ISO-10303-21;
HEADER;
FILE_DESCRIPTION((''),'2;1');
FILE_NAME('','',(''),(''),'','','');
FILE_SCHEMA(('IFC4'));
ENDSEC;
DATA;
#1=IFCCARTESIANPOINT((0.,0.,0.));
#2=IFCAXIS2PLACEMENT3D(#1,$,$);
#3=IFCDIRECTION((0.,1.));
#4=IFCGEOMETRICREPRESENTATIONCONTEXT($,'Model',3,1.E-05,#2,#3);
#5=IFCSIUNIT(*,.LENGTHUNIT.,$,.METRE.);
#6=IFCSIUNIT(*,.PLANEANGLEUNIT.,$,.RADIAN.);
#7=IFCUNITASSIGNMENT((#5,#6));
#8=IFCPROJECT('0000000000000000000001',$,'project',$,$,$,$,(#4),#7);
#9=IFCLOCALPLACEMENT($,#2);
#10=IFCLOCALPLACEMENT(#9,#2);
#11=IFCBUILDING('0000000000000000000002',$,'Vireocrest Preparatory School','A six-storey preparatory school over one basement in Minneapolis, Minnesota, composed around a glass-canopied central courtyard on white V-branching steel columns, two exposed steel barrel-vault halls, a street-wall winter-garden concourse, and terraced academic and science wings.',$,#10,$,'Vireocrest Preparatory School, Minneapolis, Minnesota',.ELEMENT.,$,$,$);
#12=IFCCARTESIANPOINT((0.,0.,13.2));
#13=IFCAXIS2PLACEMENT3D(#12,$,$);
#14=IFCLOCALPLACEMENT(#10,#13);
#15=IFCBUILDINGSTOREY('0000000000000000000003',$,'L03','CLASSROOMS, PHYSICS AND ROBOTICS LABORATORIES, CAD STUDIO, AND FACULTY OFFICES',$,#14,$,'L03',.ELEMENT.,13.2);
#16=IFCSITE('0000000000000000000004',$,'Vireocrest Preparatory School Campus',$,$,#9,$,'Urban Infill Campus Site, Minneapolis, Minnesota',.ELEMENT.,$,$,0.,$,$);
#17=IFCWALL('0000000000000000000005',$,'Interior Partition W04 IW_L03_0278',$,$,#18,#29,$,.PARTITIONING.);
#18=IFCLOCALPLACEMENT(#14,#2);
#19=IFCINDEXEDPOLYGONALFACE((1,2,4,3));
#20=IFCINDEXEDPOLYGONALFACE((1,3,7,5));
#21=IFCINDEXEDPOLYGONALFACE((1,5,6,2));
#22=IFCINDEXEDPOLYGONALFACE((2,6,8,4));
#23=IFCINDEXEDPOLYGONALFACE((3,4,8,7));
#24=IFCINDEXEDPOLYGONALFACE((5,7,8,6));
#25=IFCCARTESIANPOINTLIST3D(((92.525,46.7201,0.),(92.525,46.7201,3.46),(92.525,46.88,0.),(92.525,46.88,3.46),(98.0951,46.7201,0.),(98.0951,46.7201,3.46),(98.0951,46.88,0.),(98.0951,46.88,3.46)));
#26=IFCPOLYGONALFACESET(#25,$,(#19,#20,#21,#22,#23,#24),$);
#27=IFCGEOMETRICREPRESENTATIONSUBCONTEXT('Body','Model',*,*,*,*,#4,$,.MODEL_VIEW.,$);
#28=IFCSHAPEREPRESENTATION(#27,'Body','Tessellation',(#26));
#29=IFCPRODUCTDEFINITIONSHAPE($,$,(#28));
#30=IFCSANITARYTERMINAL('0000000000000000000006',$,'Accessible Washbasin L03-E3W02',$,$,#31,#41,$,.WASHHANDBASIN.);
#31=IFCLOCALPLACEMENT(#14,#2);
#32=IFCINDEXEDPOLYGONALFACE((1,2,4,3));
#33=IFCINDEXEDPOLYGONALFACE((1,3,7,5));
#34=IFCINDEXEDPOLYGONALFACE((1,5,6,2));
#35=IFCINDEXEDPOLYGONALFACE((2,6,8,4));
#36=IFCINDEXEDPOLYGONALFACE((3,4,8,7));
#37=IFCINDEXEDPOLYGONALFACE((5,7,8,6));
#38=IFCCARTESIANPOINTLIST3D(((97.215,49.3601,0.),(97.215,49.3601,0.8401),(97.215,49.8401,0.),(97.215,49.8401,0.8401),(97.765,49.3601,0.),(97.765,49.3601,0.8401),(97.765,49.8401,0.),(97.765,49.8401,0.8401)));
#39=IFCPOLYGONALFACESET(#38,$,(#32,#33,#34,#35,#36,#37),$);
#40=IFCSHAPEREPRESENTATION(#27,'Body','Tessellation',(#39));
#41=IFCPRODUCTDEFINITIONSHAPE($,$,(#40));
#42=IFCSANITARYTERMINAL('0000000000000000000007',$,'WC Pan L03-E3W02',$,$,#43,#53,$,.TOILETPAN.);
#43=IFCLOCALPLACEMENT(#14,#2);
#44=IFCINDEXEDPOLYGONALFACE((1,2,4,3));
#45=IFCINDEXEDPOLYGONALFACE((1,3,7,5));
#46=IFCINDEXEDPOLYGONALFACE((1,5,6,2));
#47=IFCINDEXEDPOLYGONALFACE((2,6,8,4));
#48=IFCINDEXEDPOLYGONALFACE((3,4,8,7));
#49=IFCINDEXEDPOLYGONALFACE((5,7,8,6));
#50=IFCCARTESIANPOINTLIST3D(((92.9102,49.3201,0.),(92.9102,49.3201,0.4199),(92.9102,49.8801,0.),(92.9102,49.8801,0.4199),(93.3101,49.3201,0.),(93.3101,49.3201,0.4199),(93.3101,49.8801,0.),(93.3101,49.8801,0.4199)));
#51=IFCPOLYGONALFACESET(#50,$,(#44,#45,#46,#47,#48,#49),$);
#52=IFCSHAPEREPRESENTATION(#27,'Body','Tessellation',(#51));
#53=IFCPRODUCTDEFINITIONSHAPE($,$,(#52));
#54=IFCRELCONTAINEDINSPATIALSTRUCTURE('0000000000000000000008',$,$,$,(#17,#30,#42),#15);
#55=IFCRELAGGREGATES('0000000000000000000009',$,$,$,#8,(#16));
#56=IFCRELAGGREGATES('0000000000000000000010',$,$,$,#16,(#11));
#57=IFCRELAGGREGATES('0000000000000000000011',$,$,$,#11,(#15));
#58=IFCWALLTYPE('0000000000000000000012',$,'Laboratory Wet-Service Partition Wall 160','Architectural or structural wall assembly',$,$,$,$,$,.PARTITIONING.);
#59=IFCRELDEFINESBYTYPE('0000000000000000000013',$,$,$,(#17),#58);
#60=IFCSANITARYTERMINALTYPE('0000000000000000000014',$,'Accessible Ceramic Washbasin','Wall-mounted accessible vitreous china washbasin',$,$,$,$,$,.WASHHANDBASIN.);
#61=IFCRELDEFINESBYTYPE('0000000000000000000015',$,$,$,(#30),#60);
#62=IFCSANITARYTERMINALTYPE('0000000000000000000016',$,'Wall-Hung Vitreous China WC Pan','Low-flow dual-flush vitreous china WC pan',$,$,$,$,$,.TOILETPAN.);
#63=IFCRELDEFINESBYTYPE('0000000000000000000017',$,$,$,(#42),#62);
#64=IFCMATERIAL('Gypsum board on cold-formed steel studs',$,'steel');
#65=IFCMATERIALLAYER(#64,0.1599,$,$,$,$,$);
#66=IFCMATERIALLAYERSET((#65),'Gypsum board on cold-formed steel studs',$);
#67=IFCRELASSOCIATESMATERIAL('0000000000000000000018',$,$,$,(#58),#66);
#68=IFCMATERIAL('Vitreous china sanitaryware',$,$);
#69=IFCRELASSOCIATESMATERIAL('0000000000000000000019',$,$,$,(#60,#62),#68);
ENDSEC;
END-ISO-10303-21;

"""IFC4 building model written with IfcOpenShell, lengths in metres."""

from ifc_helpers import new_model, si_unit, direction, frame, frame_2d, origin, origin_2d, place, context, subcontext, project, spatial, rectangle, extrude, material, layer, layer_set, type_object, element, save


model = new_model("IFC4")

# Units and contexts
model_context = context("Model", 3, precision=1e-05, world=origin(), true_north=direction((0.0, 1.0)))
body_context = subcontext(model_context, "Body", "Model", "MODEL_VIEW")
ifc_project = project(units=[si_unit("LENGTHUNIT", "METRE"), si_unit("PLANEANGLEUNIT", "RADIAN")], contexts=[model_context])

# Site, building, storey
site_placement = place(None, origin())
site = spatial("IfcSite", under=ifc_project, at=site_placement, Name="Vireocrest Preparatory School Campus", LongName="Urban Infill Campus Site, Minneapolis, Minnesota", CompositionType="ELEMENT", RefElevation=0.0)
building_placement = place(site_placement, origin())
building = spatial("IfcBuilding", under=site, at=building_placement, Name="Vireocrest Preparatory School", Description="A six-storey preparatory school over one basement in Minneapolis, Minnesota, composed around a glass-canopied central courtyard on white V-branching steel columns, two exposed steel barrel-vault halls, a street-wall winter-garden concourse, and terraced academic and science wings.", LongName="Vireocrest Preparatory School, Minneapolis, Minnesota", CompositionType="ELEMENT")
storey_placement = place(building_placement, frame((0.0, 0.0, 13.2)))
storey = spatial("IfcBuildingStorey", under=building, at=storey_placement, Name="L03", Description="CLASSROOMS, PHYSICS AND ROBOTICS LABORATORIES, CAD STUDIO, AND FACULTY OFFICES", LongName="L03", CompositionType="ELEMENT", Elevation=13.2)

# Shared definitions
ifc_material_1 = material(Name="Gypsum board on cold-formed steel studs", Category="steel")

# Wall
ifc_layer_1 = layer(ifc_material_1, 0.1599)
ifc_layer_set_1 = layer_set([ifc_layer_1], Name="Gypsum board on cold-formed steel studs")
wall_type_1 = type_object("IfcWallType", Name="Laboratory Wet-Service Partition Wall 160", Description="Architectural or structural wall assembly", PredefinedType="PARTITIONING", material=ifc_layer_set_1)
wall_1_placement = place(storey_placement, frame((92.5249, 46.8, 0.0), z_axis=(0.0, 0.0, 1.0), x_axis=(1.0, 0.0, 0.0)))
element("IfcWall", 1, at=wall_1_placement, inside=storey, type_object=wall_type_1, Name="Interior Partition W04 IW_L03_0278", PredefinedType="PARTITIONING", context=body_context, shape_type="SweptSolid", body=[
    extrude(rectangle(XDim=5.5701, YDim=0.1599, at=frame_2d((2.7852, 0.0))), origin(), (0.0, 0.0, 1.0), 3.46),
])

# Sanitary terminals
ifc_material_2 = material(Name="Vitreous china sanitaryware")
sanitary_terminal_type_1 = type_object("IfcSanitaryTerminalType", Name="Accessible Ceramic Washbasin", Description="Wall-mounted accessible vitreous china washbasin", PredefinedType="WASHHANDBASIN", material=ifc_material_2)
sanitary_terminal_1_placement = place(storey_placement, frame((97.49, 49.6001, 0.0), z_axis=(0.0, 0.0, 1.0), x_axis=(1.0, 0.0, 0.0)))
element("IfcSanitaryTerminal", 2, at=sanitary_terminal_1_placement, inside=storey, type_object=sanitary_terminal_type_1, Name="Accessible Washbasin L03-E3W02", PredefinedType="WASHHANDBASIN", context=body_context, shape_type="SweptSolid", body=[
    extrude(rectangle(XDim=0.55, YDim=0.48, at=origin_2d()), origin(), (0.0, 0.0, 1.0), 0.8401),
])
sanitary_terminal_type_2 = type_object("IfcSanitaryTerminalType", Name="Wall-Hung Vitreous China WC Pan", Description="Low-flow dual-flush vitreous china WC pan", PredefinedType="TOILETPAN", material=ifc_material_2)
sanitary_terminal_2_placement = place(storey_placement, frame((93.1101, 49.6001, 0.0), z_axis=(0.0, 0.0, 1.0), x_axis=(1.0, 0.0, 0.0)))
element("IfcSanitaryTerminal", 3, at=sanitary_terminal_2_placement, inside=storey, type_object=sanitary_terminal_type_2, Name="WC Pan L03-E3W02", PredefinedType="TOILETPAN", context=body_context, shape_type="SweptSolid", body=[
    extrude(rectangle(XDim=0.3999, YDim=0.5601, at=origin_2d()), origin(), (0.0, 0.0, 1.0), 0.4199),
])

save(model, "model.ifc")
